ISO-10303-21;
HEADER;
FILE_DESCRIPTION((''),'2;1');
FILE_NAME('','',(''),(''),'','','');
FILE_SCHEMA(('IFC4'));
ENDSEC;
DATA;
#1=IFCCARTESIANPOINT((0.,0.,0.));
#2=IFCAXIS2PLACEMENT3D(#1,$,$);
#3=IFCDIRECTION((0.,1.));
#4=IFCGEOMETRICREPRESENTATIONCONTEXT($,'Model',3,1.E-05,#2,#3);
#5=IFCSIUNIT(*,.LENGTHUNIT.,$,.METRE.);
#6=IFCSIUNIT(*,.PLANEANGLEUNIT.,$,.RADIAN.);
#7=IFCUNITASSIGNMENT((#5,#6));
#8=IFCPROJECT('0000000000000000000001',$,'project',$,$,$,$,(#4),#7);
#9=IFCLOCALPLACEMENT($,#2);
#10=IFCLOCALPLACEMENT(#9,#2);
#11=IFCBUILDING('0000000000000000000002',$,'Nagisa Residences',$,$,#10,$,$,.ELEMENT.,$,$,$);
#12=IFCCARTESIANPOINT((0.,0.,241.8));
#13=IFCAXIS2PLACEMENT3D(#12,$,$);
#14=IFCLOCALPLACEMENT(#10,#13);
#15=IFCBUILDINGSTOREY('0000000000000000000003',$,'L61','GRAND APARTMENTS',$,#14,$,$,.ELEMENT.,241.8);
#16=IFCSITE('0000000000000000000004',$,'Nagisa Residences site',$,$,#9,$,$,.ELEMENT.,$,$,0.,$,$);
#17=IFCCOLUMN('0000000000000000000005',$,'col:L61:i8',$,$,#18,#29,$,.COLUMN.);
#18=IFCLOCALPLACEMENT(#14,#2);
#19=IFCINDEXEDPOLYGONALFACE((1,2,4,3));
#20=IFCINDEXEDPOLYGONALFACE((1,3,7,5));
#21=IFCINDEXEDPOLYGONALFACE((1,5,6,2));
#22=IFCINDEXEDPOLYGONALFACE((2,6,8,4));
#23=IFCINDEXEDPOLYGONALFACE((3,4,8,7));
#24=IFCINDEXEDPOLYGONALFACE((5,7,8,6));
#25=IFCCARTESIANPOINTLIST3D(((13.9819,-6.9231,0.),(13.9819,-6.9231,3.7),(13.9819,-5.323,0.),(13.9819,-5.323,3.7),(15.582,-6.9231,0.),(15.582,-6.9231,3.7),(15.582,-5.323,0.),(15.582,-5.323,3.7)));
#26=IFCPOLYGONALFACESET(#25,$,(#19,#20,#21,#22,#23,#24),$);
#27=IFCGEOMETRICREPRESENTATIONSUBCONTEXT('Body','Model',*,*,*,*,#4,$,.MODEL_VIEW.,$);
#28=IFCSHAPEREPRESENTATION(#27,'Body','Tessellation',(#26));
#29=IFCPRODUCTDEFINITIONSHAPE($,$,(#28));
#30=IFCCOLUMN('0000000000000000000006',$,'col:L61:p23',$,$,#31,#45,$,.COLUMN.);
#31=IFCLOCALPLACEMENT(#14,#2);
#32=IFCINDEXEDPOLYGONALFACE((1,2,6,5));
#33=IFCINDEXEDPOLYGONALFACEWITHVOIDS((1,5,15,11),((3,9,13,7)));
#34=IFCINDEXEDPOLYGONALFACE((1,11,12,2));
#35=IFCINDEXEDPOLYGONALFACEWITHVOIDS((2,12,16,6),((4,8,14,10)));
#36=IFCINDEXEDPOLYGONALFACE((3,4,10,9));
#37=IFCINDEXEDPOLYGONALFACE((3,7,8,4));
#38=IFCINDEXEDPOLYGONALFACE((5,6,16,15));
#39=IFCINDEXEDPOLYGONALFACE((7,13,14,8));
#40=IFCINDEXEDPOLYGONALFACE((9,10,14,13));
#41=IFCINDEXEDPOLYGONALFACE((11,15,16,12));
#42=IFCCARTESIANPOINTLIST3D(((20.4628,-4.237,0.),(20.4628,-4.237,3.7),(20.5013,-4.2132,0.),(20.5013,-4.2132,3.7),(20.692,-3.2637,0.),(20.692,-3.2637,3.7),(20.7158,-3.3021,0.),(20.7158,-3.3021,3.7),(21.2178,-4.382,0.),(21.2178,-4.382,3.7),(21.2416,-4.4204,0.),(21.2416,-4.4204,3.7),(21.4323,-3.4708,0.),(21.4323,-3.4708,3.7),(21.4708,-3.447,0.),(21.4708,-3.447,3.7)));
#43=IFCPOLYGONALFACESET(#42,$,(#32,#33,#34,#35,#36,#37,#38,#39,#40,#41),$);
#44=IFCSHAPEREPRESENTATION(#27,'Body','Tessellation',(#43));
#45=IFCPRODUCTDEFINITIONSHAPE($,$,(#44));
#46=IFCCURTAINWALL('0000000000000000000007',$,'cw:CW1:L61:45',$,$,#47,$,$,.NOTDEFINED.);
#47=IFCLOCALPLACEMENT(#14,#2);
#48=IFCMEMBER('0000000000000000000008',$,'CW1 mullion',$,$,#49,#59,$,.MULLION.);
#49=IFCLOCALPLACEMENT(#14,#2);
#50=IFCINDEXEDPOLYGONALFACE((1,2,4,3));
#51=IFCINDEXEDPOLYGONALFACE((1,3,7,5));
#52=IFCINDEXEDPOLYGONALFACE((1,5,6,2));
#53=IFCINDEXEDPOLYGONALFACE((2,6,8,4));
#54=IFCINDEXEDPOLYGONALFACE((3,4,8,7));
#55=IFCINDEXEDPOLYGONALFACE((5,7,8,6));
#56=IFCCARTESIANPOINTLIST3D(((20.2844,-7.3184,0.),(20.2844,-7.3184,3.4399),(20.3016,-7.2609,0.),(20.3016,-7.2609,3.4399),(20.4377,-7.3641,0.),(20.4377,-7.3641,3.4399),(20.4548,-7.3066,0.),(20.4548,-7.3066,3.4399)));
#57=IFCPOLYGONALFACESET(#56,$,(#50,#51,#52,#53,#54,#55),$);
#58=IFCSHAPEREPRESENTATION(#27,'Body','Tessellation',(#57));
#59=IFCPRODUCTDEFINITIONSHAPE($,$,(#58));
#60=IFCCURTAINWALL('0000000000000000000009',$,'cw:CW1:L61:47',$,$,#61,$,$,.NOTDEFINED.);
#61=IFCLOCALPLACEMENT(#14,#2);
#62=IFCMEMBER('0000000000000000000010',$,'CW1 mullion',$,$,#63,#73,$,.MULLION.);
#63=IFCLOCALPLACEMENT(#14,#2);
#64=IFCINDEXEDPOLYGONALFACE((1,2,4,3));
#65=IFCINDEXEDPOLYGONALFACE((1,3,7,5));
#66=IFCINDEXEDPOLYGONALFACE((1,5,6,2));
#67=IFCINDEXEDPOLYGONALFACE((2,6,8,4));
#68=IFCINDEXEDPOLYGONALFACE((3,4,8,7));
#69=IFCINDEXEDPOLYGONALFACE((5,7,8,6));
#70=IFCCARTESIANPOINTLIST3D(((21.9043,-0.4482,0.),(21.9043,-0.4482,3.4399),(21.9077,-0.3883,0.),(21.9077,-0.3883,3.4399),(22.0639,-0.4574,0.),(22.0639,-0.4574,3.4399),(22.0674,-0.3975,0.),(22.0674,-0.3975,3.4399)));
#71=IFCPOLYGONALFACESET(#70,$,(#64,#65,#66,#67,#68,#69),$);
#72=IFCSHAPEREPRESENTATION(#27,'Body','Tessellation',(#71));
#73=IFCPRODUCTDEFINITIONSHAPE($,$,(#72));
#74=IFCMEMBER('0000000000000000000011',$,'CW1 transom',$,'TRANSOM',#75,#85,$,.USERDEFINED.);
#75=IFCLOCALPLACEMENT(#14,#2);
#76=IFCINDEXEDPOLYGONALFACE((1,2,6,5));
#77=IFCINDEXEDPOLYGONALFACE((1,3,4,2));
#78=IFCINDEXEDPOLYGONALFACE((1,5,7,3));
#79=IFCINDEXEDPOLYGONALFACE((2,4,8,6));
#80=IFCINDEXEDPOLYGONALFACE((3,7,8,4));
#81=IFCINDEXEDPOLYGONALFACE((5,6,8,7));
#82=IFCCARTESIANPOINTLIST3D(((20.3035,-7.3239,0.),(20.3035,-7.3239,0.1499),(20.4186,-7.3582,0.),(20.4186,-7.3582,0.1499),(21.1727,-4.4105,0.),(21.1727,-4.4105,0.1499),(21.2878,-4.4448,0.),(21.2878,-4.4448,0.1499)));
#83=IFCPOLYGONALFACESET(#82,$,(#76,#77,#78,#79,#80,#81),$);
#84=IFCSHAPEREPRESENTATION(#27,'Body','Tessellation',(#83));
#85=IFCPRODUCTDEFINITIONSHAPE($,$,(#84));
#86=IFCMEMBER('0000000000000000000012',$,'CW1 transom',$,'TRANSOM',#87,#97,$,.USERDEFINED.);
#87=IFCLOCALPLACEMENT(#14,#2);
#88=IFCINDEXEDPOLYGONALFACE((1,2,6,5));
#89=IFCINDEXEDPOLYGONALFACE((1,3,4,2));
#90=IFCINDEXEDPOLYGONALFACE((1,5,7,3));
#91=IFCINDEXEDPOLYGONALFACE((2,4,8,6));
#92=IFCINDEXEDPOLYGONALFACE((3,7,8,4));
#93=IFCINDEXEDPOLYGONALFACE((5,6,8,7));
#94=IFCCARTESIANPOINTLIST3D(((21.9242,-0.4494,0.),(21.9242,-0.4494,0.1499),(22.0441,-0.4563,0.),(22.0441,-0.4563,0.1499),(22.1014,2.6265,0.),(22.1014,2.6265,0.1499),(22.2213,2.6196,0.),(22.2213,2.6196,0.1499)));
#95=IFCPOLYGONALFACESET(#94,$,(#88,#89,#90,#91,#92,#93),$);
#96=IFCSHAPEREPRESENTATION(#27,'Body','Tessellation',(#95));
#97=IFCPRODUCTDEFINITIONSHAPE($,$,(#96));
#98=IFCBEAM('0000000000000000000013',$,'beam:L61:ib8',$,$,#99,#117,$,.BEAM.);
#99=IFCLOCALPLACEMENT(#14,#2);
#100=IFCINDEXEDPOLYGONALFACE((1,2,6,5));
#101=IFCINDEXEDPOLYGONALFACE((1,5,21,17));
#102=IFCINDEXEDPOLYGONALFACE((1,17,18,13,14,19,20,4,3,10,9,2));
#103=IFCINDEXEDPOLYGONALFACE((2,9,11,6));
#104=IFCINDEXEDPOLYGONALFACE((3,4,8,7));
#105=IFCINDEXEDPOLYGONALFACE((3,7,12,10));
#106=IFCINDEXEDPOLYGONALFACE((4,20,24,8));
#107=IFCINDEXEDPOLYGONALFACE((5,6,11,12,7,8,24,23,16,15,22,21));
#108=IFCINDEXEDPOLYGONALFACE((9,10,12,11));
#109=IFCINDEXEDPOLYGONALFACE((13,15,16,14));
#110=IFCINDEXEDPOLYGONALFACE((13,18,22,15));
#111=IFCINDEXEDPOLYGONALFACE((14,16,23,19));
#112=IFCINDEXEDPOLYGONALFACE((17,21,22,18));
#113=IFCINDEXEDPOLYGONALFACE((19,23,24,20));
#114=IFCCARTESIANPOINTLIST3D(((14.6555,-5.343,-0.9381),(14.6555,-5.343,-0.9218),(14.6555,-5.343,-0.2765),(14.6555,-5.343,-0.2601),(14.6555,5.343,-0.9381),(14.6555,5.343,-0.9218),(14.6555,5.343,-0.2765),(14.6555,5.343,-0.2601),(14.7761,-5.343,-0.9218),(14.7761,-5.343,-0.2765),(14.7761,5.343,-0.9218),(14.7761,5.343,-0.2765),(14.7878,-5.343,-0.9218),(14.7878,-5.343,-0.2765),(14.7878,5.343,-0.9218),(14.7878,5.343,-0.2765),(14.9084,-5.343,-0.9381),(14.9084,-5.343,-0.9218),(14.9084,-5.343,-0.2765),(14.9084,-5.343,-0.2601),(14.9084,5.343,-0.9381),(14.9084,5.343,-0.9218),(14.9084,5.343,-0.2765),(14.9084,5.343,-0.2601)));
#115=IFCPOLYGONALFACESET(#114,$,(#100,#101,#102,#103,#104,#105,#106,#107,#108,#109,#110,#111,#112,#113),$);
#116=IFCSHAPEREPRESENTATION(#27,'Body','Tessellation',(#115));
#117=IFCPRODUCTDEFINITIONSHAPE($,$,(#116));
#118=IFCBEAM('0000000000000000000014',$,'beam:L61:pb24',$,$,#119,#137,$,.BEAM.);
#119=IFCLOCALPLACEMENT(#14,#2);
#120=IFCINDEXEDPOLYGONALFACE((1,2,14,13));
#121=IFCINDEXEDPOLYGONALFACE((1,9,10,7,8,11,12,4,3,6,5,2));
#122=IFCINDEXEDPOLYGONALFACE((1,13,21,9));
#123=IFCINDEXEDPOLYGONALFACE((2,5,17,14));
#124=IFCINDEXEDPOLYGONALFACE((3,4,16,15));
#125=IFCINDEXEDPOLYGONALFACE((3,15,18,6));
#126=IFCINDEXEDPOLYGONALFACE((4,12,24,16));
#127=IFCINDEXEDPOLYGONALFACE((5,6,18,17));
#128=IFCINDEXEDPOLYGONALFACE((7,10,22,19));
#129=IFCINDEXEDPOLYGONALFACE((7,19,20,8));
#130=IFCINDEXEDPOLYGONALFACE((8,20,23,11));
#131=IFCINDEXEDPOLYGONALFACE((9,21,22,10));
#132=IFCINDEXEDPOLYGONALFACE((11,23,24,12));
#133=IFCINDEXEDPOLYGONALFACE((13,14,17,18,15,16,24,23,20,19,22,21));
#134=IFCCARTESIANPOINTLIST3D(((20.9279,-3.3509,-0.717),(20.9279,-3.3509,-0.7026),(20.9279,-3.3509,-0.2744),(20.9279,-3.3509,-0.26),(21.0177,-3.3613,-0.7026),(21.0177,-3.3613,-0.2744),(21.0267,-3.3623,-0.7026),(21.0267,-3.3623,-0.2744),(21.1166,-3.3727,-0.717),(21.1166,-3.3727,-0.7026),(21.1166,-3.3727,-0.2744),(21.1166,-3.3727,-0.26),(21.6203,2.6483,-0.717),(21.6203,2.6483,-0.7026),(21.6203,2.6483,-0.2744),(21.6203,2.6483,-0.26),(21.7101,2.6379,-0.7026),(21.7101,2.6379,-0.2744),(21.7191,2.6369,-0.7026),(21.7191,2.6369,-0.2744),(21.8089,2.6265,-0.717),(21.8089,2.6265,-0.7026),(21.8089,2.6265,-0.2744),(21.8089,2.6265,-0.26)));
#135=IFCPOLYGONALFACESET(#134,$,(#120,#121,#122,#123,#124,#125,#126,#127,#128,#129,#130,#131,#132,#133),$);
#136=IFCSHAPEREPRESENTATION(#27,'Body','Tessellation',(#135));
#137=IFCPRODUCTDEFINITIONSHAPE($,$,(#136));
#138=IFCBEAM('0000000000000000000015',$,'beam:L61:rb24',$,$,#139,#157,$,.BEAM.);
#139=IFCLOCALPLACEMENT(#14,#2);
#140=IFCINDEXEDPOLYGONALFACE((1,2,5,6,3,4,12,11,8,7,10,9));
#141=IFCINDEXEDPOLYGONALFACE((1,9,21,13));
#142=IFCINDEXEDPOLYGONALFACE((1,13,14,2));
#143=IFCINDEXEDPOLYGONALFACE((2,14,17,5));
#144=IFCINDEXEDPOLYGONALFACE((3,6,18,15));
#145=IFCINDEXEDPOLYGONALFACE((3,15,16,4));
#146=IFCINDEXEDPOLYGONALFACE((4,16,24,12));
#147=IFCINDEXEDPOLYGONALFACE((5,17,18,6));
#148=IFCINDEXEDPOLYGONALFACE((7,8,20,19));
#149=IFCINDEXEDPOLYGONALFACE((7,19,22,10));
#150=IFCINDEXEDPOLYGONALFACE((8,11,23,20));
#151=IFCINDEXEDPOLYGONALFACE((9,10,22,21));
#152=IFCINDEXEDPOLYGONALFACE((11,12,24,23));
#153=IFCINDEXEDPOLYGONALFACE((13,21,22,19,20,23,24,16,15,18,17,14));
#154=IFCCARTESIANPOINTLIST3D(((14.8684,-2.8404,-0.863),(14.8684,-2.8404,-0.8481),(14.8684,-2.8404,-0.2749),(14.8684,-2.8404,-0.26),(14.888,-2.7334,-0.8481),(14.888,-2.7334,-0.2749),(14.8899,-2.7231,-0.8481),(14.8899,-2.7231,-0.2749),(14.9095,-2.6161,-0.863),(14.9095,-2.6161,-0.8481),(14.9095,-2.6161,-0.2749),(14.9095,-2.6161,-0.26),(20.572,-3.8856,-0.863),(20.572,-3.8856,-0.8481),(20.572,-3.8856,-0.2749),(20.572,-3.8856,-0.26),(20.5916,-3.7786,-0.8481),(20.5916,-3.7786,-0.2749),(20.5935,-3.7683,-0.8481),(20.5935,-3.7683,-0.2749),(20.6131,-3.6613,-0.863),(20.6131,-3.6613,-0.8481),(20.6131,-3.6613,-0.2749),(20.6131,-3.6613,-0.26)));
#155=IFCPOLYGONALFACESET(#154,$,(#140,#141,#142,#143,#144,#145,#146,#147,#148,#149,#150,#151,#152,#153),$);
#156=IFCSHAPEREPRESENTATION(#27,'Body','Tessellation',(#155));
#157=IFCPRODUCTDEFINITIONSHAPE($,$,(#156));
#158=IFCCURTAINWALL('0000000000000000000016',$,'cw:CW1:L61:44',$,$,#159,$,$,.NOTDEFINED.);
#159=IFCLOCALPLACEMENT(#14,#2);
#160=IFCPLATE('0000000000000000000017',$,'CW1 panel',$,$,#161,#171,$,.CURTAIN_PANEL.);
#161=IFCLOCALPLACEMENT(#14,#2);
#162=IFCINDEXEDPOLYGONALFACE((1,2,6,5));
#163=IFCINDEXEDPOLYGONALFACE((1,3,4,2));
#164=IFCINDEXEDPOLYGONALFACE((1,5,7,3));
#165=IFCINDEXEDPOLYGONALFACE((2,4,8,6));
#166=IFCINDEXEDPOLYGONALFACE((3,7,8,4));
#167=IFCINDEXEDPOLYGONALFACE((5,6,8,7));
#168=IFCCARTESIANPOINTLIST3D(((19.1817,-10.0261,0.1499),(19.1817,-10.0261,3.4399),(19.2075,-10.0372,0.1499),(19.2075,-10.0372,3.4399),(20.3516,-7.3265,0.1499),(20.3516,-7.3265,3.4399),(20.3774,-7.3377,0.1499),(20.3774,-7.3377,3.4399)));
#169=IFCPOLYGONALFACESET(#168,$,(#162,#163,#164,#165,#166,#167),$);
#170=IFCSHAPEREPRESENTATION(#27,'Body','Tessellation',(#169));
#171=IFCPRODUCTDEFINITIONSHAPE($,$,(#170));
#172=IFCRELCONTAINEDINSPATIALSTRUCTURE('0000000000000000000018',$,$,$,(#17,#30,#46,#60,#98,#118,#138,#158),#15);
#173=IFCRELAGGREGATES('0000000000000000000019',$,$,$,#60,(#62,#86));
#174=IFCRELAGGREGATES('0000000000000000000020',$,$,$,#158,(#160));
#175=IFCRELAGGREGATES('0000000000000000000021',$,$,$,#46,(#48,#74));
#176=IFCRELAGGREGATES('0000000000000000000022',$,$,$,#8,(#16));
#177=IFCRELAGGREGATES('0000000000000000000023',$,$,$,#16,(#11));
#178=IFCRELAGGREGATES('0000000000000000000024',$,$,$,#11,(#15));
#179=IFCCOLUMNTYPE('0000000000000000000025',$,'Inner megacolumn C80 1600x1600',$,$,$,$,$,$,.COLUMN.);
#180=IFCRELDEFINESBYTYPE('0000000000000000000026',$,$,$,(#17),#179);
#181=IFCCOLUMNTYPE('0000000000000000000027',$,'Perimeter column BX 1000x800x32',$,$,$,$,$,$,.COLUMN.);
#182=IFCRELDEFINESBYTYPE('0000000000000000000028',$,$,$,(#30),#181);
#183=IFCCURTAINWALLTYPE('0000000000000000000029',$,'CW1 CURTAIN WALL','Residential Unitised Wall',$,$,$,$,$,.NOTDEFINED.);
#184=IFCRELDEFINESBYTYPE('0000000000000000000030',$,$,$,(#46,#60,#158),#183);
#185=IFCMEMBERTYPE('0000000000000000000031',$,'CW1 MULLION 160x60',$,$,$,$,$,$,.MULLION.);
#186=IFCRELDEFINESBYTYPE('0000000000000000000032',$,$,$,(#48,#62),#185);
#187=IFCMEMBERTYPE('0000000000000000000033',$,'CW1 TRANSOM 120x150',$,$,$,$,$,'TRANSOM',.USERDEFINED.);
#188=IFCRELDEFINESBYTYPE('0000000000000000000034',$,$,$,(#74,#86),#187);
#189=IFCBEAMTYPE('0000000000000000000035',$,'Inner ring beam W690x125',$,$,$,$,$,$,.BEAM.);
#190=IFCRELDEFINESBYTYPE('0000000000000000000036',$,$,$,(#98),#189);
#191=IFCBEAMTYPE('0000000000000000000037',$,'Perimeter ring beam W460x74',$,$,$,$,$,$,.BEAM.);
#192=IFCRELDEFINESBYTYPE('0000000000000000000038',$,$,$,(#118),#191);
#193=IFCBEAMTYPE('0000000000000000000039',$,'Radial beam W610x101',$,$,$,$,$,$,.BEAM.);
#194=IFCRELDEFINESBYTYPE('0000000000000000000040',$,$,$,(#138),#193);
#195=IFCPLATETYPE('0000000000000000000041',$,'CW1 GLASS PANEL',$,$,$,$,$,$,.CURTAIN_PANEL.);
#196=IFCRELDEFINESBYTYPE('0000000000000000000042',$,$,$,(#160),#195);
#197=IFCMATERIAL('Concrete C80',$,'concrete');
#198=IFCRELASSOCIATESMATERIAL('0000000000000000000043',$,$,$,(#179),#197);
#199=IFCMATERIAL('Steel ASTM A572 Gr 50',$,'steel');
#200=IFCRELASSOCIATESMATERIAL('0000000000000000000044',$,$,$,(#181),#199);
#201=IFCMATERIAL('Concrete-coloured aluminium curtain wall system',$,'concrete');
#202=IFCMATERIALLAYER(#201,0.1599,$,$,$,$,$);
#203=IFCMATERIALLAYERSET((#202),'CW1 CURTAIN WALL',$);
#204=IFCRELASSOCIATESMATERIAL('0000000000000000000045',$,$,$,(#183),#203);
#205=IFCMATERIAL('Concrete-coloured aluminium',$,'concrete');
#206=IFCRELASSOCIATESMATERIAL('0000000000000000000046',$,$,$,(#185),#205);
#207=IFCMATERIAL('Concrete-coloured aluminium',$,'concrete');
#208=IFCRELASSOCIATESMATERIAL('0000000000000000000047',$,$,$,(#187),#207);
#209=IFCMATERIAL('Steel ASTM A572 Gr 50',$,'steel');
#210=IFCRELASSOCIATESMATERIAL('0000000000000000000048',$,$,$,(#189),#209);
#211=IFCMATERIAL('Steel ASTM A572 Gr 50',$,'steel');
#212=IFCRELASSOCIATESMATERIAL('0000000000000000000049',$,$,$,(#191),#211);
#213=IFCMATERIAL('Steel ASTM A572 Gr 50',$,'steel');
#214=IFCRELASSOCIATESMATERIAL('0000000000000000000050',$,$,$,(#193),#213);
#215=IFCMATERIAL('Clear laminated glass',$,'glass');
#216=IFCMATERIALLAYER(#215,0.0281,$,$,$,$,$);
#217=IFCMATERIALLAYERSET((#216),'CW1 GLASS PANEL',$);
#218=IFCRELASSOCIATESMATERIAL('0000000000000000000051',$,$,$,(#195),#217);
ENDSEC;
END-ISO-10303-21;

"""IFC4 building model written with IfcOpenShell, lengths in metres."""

from ifc_helpers import new_model, si_unit, direction, frame, origin, origin_2d, place, context, subcontext, project, spatial, rectangle, hollow_rectangle, i_section, extrude, material, layer, layer_set, material_profile, profile_set, type_object, element, aggregate, save


model = new_model("IFC4")

# Units and contexts
model_context = context("Model", 3, precision=1e-05, world=origin(), true_north=direction((0.0, 1.0)))
body_context = subcontext(model_context, "Body", "Model", "MODEL_VIEW")
ifc_project = project(units=[si_unit("LENGTHUNIT", "METRE"), si_unit("PLANEANGLEUNIT", "RADIAN")], contexts=[model_context])

# Site, building, storey
site_placement = place(None, origin())
site = spatial("IfcSite", under=ifc_project, at=site_placement, Name="Nagisa Residences site", CompositionType="ELEMENT", RefElevation=0.0)
building_placement = place(site_placement, origin())
building = spatial("IfcBuilding", under=site, at=building_placement, Name="Nagisa Residences", CompositionType="ELEMENT")
storey_placement = place(building_placement, frame((0.0, 0.0, 241.8)))
storey = spatial("IfcBuildingStorey", under=building, at=storey_placement, Name="L61", Description="GRAND APARTMENTS", CompositionType="ELEMENT", Elevation=241.8)

# Columns
ifc_material_1 = material(Name="Concrete C80", Category="concrete")
ifc_material_profile_1 = material_profile(ifc_material_1, rectangle(XDim=1.6001, YDim=1.6001, at=origin_2d()), Name="C80 1600x1600")
ifc_profile_set_1 = profile_set([ifc_material_profile_1], Name="Concrete C80")
column_type_1 = type_object("IfcColumnType", Name="Inner megacolumn C80 1600x1600", PredefinedType="COLUMN", material=ifc_profile_set_1)
column_1_placement = place(storey_placement, frame((14.782, -6.123, 0.0), z_axis=(0.0, 0.0, 1.0), x_axis=(1.0, 0.0, 0.0)))
element("IfcColumn", 1, at=column_1_placement, inside=storey, type_object=column_type_1, Name="col:L61:i8", PredefinedType="COLUMN", context=body_context, shape_type="SweptSolid", body=[
    extrude(rectangle(XDim=1.6001, YDim=1.6001, at=origin_2d()), origin(), (0.0, 0.0, 1.0), 3.7),
])
ifc_material_2 = material(Name="Steel ASTM A572 Gr 50", Category="steel")
ifc_material_profile_2 = material_profile(ifc_material_2, hollow_rectangle(XDim=1.0, YDim=0.8, WallThickness=0.032, at=origin_2d()), Name="BX 1000x800x32")
ifc_profile_set_2 = profile_set([ifc_material_profile_2], Name="Steel ASTM A572 Gr 50")
column_type_2 = type_object("IfcColumnType", Name="Perimeter column BX 1000x800x32", PredefinedType="COLUMN", material=ifc_profile_set_2)
column_2_placement = place(storey_placement, frame((20.9668, -3.842, 0.0), z_axis=(0.0, 0.0, 1.0), x_axis=(0.229202, 0.973379, 0.0)))
element("IfcColumn", 2, at=column_2_placement, inside=storey, type_object=column_type_2, Name="col:L61:p23", PredefinedType="COLUMN", context=body_context, shape_type="SweptSolid", body=[
    extrude(hollow_rectangle(XDim=1.0, YDim=0.8, WallThickness=0.032, at=origin_2d()), origin(), (0.0, 0.0, 1.0), 3.7),
])

# Curtain walls, members
ifc_material_3 = material(Name="Concrete-coloured aluminium curtain wall system", Category="concrete")
ifc_layer_1 = layer(ifc_material_3, 0.1599)
ifc_layer_set_1 = layer_set([ifc_layer_1], Name="CW1 CURTAIN WALL")
curtain_wall_type = type_object("IfcCurtainWallType", Name="CW1 CURTAIN WALL", Description="Residential Unitised Wall", PredefinedType="NOTDEFINED", material=ifc_layer_set_1)
curtain_wall_1_placement = place(storey_placement, origin())
curtain_wall_1 = element("IfcCurtainWall", 3, at=curtain_wall_1_placement, inside=storey, type_object=curtain_wall_type, Name="cw:CW1:L61:45", PredefinedType="NOTDEFINED")
ifc_material_4 = material(Name="Concrete-coloured aluminium", Category="concrete")
ifc_material_profile_3 = material_profile(ifc_material_4, rectangle(XDim=0.1599, YDim=0.0601, at=origin_2d()), Name="CW1 MULLION 160x60")
ifc_profile_set_3 = profile_set([ifc_material_profile_3], Name="Concrete-coloured aluminium")
member_type_1 = type_object("IfcMemberType", Name="CW1 MULLION 160x60", PredefinedType="MULLION", material=ifc_profile_set_3)
member_1_placement = place(storey_placement, frame((20.3696, -7.3125, 0.0), z_axis=(0.0, 0.0, 1.0), x_axis=(-0.958271, 0.28586, 0.0)))
member_1 = element("IfcMember", 4, at=member_1_placement, type_object=member_type_1, Name="CW1 mullion", PredefinedType="MULLION", context=body_context, shape_type="SweptSolid", body=[
    extrude(rectangle(XDim=0.1599, YDim=0.0601, at=origin_2d()), origin(), (0.0, 0.0, 1.0), 3.4399),
])
curtain_wall_2_placement = place(storey_placement, origin())
curtain_wall_2 = element("IfcCurtainWall", 5, at=curtain_wall_2_placement, inside=storey, type_object=curtain_wall_type, Name="cw:CW1:L61:47", PredefinedType="NOTDEFINED")
member_2_placement = place(storey_placement, frame((21.9858, -0.4229, 0.0), z_axis=(0.0, 0.0, 1.0), x_axis=(-0.998345, 0.057503, 0.0)))
member_2 = element("IfcMember", 6, at=member_2_placement, type_object=member_type_1, Name="CW1 mullion", PredefinedType="MULLION", context=body_context, shape_type="SweptSolid", body=[
    extrude(rectangle(XDim=0.1599, YDim=0.0601, at=origin_2d()), origin(), (0.0, 0.0, 1.0), 3.4399),
])

# Members
ifc_material_5 = material(Name="Concrete-coloured aluminium", Category="concrete")
ifc_material_profile_4 = material_profile(ifc_material_5, rectangle(XDim=0.1201, YDim=0.1499, at=origin_2d()), Name="CW1 TRANSOM 120x150")
ifc_profile_set_4 = profile_set([ifc_material_profile_4], Name="Concrete-coloured aluminium")
member_type_2 = type_object("IfcMemberType", Name="CW1 TRANSOM 120x150", ElementType="TRANSOM", PredefinedType="USERDEFINED", material=ifc_profile_set_4)
member_3_placement = place(storey_placement, frame((20.3611, -7.3411, 0.075), z_axis=(0.285881, 0.958265, 0.0), x_axis=(-0.958265, 0.285881, 0.0)))
member_3 = element("IfcMember", 7, at=member_3_placement, type_object=member_type_2, Name="CW1 transom", ObjectType="TRANSOM", PredefinedType="USERDEFINED", context=body_context, shape_type="SweptSolid", body=[
    extrude(rectangle(XDim=0.1201, YDim=0.1499, at=origin_2d()), origin(), (0.0, 0.0, 1.0), 3.0403),
])
member_4_placement = place(storey_placement, frame((21.9841, -0.4529, 0.075), z_axis=(0.057528, 0.998344, 0.0), x_axis=(-0.998344, 0.057528, 0.0)))
member_4 = element("IfcMember", 8, at=member_4_placement, type_object=member_type_2, Name="CW1 transom", ObjectType="TRANSOM", PredefinedType="USERDEFINED", context=body_context, shape_type="SweptSolid", body=[
    extrude(rectangle(XDim=0.1201, YDim=0.1499, at=origin_2d()), origin(), (0.0, 0.0, 1.0), 3.0811),
])
aggregate(curtain_wall_2, [member_2, member_4])

# Beams
ifc_material_6 = material(Name="Steel ASTM A572 Gr 50", Category="steel")
ifc_material_profile_5 = material_profile(ifc_material_6, i_section(OverallWidth=0.2529, OverallDepth=0.678, WebThickness=0.0117, FlangeThickness=0.0164, at=origin_2d()), Name="W690x125")
ifc_profile_set_5 = profile_set([ifc_material_profile_5], Name="Steel ASTM A572 Gr 50")
beam_type_1 = type_object("IfcBeamType", Name="Inner ring beam W690x125", PredefinedType="BEAM", material=ifc_profile_set_5)
beam_1_placement = place(storey_placement, frame((14.782, -5.343, -0.5991), z_axis=(0.0, 1.0, 0.0), x_axis=(-1.0, 0.0, 0.0)))
element("IfcBeam", 9, at=beam_1_placement, inside=storey, type_object=beam_type_1, Name="beam:L61:ib8", PredefinedType="BEAM", context=body_context, shape_type="SweptSolid", body=[
    extrude(i_section(OverallWidth=0.2529, OverallDepth=0.678, WebThickness=0.0117, FlangeThickness=0.0164, at=origin_2d()), origin(), (0.0, 0.0, 1.0), 10.686),
])
ifc_material_7 = material(Name="Steel ASTM A572 Gr 50", Category="steel")
ifc_material_profile_6 = material_profile(ifc_material_7, i_section(OverallWidth=0.1899, OverallDepth=0.457, WebThickness=0.009, FlangeThickness=0.0144, at=origin_2d()), Name="W460x74")
ifc_profile_set_6 = profile_set([ifc_material_profile_6], Name="Steel ASTM A572 Gr 50")
beam_type_2 = type_object("IfcBeamType", Name="Perimeter ring beam W460x74", PredefinedType="BEAM", material=ifc_profile_set_6)
beam_2_placement = place(storey_placement, frame((21.0222, -3.3618, -0.4885), z_axis=(0.11465, 0.993406, 0.0), x_axis=(-0.993406, 0.11465, 0.0)))
element("IfcBeam", 10, at=beam_2_placement, inside=storey, type_object=beam_type_2, Name="beam:L61:pb24", PredefinedType="BEAM", context=body_context, shape_type="SweptSolid", body=[
    extrude(i_section(OverallWidth=0.1899, OverallDepth=0.457, WebThickness=0.009, FlangeThickness=0.0144, at=origin_2d()), origin(), (0.0, 0.0, 1.0), 6.0391),
])
ifc_material_8 = material(Name="Steel ASTM A572 Gr 50", Category="steel")
ifc_material_profile_7 = material_profile(ifc_material_8, i_section(OverallWidth=0.228, OverallDepth=0.603, WebThickness=0.0105, FlangeThickness=0.0149, at=origin_2d()), Name="W610x101")
ifc_profile_set_7 = profile_set([ifc_material_profile_7], Name="Steel ASTM A572 Gr 50")
beam_type_3 = type_object("IfcBeamType", Name="Radial beam W610x101", PredefinedType="BEAM", material=ifc_profile_set_7)
beam_3_placement = place(storey_placement, frame((20.5925, -3.7734, -0.5615), z_axis=(-0.983622, 0.180245, 0.0), x_axis=(-0.180245, -0.983622, 0.0)))
element("IfcBeam", 11, at=beam_3_placement, inside=storey, type_object=beam_type_3, Name="beam:L61:rb24", PredefinedType="BEAM", context=body_context, shape_type="SweptSolid", body=[
    extrude(i_section(OverallWidth=0.228, OverallDepth=0.603, WebThickness=0.0105, FlangeThickness=0.0149, at=origin_2d()), origin(), (0.0, 0.0, 1.0), 5.7986),
])

# Curtain wall, plate
curtain_wall_3_placement = place(storey_placement, origin())
curtain_wall_3 = element("IfcCurtainWall", 12, at=curtain_wall_3_placement, inside=storey, type_object=curtain_wall_type, Name="cw:CW1:L61:44", PredefinedType="NOTDEFINED")
ifc_material_9 = material(Name="Clear laminated glass", Category="glass")
ifc_layer_2 = layer(ifc_material_9, 0.0281)
ifc_layer_set_2 = layer_set([ifc_layer_2], Name="CW1 GLASS PANEL")
plate_type = type_object("IfcPlateType", Name="CW1 GLASS PANEL", PredefinedType="CURTAIN_PANEL", material=ifc_layer_set_2)
plate_1_placement = place(storey_placement, frame((19.7795, -8.6819, 0.1499), z_axis=(0.0, 0.0, 1.0), x_axis=(0.397636, 0.917543, 0.0)))
plate_1 = element("IfcPlate", 13, at=plate_1_placement, type_object=plate_type, Name="CW1 panel", PredefinedType="CURTAIN_PANEL", context=body_context, shape_type="SweptSolid", body=[
    extrude(rectangle(XDim=2.9421, YDim=0.0281, at=origin_2d()), origin(), (0.0, 0.0, 1.0), 3.29),
])
aggregate(curtain_wall_3, [plate_1])

aggregate(curtain_wall_1, [member_1, member_3])

save(model, "model.ifc")
